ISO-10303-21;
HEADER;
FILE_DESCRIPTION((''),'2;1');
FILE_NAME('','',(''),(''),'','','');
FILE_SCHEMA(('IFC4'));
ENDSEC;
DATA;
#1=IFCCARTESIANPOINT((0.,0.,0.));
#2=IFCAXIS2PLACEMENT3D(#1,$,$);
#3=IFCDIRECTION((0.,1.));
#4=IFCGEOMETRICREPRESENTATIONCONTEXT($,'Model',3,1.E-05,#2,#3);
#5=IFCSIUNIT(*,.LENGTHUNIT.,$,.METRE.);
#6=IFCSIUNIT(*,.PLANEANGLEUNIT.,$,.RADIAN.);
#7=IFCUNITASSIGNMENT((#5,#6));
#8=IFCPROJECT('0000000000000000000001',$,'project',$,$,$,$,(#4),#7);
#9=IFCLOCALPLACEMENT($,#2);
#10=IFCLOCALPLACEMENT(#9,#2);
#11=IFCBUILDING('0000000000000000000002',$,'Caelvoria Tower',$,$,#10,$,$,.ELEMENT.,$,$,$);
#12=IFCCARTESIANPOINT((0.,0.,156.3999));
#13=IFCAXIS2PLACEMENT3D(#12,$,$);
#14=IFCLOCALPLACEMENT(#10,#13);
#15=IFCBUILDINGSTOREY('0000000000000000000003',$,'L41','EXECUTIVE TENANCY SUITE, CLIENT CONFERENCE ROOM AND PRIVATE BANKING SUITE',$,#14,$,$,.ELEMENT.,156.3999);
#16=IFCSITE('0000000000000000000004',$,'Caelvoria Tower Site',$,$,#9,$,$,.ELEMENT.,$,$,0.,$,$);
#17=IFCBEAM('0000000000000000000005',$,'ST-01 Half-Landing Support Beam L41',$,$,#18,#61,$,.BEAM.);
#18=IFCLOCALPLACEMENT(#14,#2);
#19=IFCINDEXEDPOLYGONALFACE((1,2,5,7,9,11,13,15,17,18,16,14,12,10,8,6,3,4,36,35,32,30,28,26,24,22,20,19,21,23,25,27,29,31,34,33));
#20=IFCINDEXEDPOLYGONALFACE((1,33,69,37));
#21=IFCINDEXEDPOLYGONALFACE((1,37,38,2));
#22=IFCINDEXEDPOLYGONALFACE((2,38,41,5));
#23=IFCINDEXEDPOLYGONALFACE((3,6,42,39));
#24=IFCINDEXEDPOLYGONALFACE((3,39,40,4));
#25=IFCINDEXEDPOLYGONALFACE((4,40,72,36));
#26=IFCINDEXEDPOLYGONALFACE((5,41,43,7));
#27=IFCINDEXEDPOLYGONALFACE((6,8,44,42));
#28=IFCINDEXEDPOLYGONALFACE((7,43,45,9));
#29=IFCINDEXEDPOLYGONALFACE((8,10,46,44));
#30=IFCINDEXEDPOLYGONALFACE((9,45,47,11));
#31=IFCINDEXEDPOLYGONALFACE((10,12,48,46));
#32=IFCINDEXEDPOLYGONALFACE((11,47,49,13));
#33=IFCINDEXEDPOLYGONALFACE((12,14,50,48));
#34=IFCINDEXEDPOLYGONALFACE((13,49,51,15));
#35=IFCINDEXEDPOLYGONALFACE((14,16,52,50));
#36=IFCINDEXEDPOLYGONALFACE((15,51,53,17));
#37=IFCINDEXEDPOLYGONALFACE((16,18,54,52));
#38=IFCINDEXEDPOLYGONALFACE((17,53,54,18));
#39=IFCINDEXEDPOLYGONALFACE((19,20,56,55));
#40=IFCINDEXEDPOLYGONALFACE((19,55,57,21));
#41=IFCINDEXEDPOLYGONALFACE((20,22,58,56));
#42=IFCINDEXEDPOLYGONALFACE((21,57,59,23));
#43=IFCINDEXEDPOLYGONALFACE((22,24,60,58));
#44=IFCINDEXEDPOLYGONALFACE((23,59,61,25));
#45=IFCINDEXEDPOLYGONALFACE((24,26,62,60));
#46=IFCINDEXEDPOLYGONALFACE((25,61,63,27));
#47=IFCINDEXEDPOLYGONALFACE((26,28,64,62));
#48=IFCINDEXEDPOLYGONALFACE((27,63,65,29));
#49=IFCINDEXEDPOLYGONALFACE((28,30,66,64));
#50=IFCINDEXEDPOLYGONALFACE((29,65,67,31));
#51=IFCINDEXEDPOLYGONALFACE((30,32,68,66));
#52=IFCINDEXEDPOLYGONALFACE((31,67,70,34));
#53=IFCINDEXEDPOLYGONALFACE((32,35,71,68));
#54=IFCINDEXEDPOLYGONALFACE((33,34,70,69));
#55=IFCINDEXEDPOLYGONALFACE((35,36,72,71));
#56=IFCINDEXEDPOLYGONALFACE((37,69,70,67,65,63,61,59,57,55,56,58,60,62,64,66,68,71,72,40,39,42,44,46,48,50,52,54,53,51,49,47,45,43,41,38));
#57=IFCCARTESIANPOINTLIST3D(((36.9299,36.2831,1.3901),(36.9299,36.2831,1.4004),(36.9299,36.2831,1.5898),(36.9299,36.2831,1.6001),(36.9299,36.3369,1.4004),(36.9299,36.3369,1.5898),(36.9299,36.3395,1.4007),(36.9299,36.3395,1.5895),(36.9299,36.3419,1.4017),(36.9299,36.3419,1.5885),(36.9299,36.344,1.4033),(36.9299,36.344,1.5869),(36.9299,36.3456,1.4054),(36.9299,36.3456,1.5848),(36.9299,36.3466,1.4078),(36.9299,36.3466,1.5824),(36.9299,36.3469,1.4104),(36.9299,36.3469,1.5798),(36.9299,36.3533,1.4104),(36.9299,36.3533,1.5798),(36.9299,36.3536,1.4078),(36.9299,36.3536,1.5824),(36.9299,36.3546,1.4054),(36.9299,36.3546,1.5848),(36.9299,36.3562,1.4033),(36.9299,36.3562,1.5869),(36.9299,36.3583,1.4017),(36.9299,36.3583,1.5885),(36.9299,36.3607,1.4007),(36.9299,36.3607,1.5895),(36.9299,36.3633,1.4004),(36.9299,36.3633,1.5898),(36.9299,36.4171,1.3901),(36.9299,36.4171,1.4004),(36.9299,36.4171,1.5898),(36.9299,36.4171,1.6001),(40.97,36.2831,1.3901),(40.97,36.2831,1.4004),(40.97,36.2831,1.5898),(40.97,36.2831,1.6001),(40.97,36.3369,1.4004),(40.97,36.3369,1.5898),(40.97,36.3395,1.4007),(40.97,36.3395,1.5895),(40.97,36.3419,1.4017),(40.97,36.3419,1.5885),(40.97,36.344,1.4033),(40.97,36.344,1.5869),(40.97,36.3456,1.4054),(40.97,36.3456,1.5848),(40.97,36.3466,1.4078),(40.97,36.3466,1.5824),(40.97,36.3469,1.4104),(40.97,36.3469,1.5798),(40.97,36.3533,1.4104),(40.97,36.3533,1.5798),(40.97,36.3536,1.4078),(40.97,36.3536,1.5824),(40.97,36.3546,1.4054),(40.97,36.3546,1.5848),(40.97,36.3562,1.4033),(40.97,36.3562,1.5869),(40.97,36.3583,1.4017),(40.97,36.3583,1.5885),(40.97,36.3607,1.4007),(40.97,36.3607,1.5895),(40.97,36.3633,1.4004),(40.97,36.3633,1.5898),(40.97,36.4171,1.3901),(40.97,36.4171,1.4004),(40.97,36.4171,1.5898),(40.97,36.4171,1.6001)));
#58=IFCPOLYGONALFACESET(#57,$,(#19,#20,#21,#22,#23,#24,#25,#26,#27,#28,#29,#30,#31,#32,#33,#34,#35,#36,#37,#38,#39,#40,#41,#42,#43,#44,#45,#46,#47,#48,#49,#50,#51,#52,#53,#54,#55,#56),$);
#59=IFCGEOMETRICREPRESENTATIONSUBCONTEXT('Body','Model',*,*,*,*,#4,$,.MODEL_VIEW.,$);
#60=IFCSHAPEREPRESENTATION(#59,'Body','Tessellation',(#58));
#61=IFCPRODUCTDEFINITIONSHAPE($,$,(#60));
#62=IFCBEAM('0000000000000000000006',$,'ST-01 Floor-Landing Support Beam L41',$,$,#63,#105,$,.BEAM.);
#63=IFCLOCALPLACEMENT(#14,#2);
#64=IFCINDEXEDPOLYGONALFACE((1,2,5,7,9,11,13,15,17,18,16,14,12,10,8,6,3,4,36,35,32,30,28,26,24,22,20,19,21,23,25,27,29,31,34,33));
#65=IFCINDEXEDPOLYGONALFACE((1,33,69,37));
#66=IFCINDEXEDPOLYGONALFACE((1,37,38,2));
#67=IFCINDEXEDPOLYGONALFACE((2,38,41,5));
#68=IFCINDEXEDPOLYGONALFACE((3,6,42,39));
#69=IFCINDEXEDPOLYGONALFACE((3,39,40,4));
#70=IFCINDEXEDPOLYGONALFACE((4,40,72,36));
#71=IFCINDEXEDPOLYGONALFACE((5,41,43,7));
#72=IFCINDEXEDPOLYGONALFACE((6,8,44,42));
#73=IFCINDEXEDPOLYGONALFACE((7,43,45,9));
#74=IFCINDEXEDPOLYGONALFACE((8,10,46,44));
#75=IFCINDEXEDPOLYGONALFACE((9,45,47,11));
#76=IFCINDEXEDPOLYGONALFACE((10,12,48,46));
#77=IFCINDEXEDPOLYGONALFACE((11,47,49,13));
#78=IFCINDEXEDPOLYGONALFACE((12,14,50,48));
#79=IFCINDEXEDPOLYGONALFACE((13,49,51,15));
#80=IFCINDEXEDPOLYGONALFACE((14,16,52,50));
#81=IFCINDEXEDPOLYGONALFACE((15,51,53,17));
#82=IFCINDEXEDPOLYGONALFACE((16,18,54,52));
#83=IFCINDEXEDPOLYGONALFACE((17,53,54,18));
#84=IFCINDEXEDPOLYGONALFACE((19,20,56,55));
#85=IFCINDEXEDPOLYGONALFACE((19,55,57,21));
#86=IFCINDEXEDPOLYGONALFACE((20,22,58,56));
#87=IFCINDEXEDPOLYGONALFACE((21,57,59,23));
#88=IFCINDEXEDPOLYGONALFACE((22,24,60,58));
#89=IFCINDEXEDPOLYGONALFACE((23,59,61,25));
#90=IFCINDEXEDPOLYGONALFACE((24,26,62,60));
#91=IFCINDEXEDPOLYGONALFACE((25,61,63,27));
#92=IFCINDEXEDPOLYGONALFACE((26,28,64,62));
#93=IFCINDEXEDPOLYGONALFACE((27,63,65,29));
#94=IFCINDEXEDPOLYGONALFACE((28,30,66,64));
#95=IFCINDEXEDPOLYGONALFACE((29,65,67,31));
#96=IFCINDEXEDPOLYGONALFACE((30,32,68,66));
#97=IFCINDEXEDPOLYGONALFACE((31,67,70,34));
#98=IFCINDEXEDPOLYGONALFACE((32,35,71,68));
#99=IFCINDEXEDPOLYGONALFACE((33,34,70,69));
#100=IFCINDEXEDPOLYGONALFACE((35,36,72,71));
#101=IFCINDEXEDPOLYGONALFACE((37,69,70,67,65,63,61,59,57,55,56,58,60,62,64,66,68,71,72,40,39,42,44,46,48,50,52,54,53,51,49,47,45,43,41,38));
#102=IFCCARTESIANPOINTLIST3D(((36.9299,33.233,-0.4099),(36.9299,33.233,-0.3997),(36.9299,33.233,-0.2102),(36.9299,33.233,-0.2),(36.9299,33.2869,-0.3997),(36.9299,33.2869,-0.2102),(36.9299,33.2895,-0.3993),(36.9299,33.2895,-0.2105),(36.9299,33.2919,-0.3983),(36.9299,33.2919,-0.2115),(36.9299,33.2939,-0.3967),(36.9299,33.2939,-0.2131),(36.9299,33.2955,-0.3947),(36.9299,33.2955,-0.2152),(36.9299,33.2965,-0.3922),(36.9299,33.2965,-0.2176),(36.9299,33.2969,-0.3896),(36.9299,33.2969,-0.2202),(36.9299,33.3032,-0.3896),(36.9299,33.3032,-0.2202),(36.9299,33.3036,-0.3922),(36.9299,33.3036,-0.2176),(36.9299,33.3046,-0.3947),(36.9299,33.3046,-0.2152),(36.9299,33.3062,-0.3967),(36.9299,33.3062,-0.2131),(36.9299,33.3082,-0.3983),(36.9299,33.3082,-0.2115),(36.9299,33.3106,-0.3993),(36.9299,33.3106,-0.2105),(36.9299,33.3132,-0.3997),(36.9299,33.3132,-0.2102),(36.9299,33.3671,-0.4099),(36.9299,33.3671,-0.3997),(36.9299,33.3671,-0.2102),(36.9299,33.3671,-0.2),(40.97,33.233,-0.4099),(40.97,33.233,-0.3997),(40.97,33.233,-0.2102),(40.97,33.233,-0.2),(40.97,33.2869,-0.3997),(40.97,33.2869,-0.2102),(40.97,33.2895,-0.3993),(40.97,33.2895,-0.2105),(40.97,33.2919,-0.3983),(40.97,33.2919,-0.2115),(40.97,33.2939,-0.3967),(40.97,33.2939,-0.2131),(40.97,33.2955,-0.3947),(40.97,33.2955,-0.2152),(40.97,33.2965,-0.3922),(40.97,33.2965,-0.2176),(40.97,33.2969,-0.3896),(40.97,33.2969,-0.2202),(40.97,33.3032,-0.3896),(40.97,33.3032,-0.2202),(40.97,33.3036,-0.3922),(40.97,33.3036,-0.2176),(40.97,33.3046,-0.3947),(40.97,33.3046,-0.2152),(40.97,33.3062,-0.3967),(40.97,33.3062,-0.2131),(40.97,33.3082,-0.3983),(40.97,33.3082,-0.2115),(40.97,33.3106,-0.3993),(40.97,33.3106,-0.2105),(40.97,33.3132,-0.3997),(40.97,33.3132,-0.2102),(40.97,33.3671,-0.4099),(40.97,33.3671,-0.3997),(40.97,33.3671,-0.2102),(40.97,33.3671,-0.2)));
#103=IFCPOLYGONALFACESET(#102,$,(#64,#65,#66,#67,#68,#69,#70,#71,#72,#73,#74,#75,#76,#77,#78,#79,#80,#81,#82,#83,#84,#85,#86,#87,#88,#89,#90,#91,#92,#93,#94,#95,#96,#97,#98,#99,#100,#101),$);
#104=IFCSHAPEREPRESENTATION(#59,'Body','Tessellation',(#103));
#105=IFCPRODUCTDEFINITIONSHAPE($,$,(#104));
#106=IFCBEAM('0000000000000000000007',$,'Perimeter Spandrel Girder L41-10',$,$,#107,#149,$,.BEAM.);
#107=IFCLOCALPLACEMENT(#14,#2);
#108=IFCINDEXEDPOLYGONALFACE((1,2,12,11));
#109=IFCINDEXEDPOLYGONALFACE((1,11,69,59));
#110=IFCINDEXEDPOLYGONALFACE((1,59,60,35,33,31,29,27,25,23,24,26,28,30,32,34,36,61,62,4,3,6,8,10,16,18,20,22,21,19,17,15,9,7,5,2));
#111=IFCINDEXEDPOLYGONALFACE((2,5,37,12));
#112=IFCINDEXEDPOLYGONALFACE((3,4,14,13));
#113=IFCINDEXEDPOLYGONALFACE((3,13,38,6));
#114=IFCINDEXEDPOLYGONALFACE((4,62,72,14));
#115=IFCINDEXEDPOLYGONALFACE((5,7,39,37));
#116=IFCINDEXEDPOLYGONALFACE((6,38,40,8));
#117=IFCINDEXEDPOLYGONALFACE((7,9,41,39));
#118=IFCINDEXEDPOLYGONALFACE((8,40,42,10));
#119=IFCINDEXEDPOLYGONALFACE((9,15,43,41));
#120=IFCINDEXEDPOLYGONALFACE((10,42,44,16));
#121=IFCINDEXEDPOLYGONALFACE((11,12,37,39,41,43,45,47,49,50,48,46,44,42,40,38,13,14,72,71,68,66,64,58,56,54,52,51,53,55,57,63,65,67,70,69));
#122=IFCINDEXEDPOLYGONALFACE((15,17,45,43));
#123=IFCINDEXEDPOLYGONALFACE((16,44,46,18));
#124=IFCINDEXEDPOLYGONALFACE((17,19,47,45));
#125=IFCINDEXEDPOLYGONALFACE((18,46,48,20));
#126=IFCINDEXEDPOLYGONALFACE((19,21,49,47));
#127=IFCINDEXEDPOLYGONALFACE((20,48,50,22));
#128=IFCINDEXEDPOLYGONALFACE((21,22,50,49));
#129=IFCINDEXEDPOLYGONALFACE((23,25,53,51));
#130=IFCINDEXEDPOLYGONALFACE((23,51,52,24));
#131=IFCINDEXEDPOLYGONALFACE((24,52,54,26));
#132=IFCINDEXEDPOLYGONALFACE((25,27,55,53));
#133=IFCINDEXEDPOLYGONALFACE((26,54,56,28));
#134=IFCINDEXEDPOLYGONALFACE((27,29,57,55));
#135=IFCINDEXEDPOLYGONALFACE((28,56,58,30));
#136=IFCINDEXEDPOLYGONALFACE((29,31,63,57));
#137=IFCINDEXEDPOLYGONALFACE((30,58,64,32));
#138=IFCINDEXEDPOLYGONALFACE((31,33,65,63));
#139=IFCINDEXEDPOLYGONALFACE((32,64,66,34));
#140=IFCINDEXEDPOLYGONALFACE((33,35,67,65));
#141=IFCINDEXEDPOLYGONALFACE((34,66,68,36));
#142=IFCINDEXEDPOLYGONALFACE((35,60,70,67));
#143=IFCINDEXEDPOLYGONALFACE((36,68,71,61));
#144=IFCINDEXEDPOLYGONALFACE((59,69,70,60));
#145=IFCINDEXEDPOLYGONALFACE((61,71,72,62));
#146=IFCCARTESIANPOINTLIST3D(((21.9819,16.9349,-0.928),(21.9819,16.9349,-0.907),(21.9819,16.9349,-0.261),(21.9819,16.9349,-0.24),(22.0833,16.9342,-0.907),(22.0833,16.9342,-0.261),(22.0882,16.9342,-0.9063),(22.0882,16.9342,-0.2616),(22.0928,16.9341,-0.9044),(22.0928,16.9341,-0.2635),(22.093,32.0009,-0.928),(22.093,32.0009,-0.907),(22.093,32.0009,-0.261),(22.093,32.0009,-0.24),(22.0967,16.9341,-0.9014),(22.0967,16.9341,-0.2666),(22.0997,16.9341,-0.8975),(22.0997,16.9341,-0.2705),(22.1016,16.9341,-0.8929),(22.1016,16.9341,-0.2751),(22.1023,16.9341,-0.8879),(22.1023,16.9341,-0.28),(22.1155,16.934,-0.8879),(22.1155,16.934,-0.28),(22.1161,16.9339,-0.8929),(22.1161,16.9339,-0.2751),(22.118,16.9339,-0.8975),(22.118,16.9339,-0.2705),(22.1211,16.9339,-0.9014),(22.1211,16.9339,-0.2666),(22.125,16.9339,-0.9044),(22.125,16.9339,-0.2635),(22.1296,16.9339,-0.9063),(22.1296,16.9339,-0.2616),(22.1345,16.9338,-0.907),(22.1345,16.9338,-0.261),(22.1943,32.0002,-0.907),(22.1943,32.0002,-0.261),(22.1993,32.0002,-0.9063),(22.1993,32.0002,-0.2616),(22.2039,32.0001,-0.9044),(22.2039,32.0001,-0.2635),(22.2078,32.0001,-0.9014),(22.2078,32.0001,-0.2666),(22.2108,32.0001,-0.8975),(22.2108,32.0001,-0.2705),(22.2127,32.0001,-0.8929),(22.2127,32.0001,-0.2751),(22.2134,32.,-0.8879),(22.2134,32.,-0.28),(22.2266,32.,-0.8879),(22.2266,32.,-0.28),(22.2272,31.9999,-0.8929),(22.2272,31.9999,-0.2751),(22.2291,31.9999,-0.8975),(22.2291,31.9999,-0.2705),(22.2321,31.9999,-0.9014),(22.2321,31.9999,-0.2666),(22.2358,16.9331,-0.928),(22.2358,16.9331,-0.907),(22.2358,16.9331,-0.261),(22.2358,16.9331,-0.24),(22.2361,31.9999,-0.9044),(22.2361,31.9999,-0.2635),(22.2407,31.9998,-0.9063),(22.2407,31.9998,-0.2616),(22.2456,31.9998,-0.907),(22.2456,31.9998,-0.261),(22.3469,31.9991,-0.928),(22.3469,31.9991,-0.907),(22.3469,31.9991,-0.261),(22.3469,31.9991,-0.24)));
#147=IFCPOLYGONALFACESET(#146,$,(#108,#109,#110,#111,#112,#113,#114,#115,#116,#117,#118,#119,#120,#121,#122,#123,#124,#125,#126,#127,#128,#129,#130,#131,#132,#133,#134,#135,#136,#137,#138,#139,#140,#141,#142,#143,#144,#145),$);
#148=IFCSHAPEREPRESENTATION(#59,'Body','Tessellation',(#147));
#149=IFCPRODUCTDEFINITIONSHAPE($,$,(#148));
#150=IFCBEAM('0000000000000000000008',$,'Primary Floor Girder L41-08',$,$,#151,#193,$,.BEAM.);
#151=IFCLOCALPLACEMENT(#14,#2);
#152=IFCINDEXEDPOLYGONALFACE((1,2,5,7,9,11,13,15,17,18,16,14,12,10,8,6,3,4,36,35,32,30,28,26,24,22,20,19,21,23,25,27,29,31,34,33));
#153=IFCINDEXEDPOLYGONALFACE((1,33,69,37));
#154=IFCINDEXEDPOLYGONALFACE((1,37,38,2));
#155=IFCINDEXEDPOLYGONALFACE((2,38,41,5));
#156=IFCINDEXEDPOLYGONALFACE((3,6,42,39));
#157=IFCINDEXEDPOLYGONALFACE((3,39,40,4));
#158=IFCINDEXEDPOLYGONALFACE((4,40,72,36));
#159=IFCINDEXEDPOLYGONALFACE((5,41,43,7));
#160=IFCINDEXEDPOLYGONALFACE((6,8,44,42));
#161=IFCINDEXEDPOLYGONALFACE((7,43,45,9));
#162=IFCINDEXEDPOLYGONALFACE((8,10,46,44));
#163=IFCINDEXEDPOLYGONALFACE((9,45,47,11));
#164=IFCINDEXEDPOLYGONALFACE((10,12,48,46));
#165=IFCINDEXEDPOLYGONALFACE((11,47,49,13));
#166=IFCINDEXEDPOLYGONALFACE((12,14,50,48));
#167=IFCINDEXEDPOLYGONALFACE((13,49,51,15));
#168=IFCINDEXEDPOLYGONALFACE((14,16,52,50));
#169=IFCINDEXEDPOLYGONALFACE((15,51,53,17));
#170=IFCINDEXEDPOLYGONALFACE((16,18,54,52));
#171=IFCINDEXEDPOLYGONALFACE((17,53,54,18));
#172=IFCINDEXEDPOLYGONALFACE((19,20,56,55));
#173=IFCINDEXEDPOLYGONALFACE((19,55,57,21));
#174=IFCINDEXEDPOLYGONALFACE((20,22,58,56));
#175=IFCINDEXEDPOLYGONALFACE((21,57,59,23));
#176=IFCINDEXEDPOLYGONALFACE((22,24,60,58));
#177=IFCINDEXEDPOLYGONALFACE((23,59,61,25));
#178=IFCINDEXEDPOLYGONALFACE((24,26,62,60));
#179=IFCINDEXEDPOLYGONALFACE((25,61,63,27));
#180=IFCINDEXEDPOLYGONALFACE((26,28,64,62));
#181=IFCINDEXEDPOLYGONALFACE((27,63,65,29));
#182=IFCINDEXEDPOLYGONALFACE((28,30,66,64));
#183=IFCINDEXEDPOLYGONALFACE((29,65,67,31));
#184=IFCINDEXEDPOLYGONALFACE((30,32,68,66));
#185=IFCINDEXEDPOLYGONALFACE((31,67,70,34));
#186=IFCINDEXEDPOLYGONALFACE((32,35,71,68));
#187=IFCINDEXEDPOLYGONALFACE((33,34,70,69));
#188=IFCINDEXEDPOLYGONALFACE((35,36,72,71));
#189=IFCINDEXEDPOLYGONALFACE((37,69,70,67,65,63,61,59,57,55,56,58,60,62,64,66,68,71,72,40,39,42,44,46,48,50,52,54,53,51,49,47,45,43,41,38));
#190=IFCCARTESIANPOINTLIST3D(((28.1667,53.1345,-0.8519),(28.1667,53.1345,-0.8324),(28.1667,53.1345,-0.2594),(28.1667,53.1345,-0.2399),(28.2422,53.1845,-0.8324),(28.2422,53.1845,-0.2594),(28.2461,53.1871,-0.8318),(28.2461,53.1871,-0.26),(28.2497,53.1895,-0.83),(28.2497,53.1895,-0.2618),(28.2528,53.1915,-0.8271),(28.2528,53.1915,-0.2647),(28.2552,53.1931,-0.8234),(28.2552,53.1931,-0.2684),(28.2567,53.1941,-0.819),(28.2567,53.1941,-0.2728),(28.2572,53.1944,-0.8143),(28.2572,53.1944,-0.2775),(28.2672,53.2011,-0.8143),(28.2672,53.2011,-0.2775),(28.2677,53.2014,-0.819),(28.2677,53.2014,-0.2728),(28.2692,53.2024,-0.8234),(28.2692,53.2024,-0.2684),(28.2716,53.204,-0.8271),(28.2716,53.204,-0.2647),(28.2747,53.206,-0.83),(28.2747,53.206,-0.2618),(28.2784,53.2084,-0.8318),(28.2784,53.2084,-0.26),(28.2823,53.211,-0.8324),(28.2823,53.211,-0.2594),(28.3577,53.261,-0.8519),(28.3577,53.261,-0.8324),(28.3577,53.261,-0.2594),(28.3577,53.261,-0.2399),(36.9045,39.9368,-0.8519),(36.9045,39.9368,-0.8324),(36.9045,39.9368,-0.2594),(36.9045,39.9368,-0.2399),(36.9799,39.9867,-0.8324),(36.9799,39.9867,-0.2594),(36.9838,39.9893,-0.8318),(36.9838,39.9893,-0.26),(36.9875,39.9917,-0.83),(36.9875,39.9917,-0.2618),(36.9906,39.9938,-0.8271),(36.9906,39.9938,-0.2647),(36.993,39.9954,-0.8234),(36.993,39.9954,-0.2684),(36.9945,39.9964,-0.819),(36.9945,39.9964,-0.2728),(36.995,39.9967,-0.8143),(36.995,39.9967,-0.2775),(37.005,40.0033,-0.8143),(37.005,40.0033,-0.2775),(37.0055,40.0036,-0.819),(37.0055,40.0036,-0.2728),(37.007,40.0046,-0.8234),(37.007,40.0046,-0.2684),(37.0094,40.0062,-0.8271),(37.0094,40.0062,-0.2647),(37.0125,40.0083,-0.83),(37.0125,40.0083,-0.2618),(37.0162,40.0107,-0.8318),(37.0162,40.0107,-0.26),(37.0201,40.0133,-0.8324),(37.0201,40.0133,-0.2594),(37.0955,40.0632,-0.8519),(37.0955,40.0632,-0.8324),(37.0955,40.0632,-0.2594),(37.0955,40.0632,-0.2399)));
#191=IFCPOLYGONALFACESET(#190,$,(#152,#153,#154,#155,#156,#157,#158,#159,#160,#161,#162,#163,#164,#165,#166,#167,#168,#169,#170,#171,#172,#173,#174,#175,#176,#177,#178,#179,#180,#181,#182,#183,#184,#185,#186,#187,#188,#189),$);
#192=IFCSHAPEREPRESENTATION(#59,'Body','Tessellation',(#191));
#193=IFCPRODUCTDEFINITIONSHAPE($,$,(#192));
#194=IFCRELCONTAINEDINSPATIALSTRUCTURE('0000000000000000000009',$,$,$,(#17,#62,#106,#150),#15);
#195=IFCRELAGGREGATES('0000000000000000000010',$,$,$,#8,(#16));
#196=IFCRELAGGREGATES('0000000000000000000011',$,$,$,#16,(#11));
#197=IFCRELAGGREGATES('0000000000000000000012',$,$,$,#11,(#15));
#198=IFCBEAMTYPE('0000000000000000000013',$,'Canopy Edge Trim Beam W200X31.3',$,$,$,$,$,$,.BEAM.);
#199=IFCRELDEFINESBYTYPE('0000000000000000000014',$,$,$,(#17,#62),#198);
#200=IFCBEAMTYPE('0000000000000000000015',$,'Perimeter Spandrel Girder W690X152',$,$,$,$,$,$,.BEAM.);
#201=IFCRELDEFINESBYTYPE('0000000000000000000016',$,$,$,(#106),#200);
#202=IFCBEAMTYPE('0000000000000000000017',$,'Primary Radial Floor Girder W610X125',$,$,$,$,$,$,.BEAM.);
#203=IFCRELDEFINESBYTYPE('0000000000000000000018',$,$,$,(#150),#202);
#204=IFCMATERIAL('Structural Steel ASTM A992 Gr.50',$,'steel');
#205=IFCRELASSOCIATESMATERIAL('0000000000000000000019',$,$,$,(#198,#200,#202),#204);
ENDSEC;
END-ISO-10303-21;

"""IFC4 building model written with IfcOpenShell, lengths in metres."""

from ifc_helpers import new_model, si_unit, direction, frame, origin, origin_2d, place, context, subcontext, project, spatial, i_section, extrude, material, material_profile, profile_set, type_object, element, save


model = new_model("IFC4")

# Units and contexts
model_context = context("Model", 3, precision=1e-05, world=origin(), true_north=direction((0.0, 1.0)))
body_context = subcontext(model_context, "Body", "Model", "MODEL_VIEW")
ifc_project = project(units=[si_unit("LENGTHUNIT", "METRE"), si_unit("PLANEANGLEUNIT", "RADIAN")], contexts=[model_context])

# Site, building, storey
site_placement = place(None, origin())
site = spatial("IfcSite", under=ifc_project, at=site_placement, Name="Caelvoria Tower Site", CompositionType="ELEMENT", RefElevation=0.0)
building_placement = place(site_placement, origin())
building = spatial("IfcBuilding", under=site, at=building_placement, Name="Caelvoria Tower", CompositionType="ELEMENT")
storey_placement = place(building_placement, frame((0.0, 0.0, 156.3999)))
storey = spatial("IfcBuildingStorey", under=building, at=storey_placement, Name="L41", Description="EXECUTIVE TENANCY SUITE, CLIENT CONFERENCE ROOM AND PRIVATE BANKING SUITE", CompositionType="ELEMENT", Elevation=156.3999)

# Beams
ifc_material_1 = material(Name="Structural Steel ASTM A992 Gr.50", Category="steel")
ifc_material_profile_1 = material_profile(ifc_material_1, i_section(OverallWidth=0.134, OverallDepth=0.21, WebThickness=0.0063, FlangeThickness=0.0103, FilletRadius=0.01, at=origin_2d()), Name="Structural Steel ASTM A992 Gr.50")
ifc_profile_set_1 = profile_set([ifc_material_profile_1], Name="W200X31.3 - Structural Steel ASTM A992 Gr.50")
beam_type_1 = type_object("IfcBeamType", Name="Canopy Edge Trim Beam W200X31.3", PredefinedType="BEAM", material=ifc_profile_set_1)
for number, where, z_axis, x_axis, name in (
    (1, (36.9299, 36.3501, 1.4951), (1.0, 0.0, 0.0), (0.0, 1.0, 0.0), "ST-01 Half-Landing Support Beam L41"),
    (2, (36.9299, 33.3, -0.3049), (1.0, 0.0, 0.0), (0.0, 1.0, 0.0), "ST-01 Floor-Landing Support Beam L41"),
):
    element("IfcBeam", number, at=place(storey_placement, frame(where, z_axis=z_axis, x_axis=x_axis)), inside=storey, type_object=beam_type_1, Name=name, PredefinedType="BEAM", context=body_context, shape_type="SweptSolid", body=[
        extrude(i_section(OverallWidth=0.134, OverallDepth=0.21, WebThickness=0.0063, FlangeThickness=0.0103, FilletRadius=0.01, at=origin_2d()), origin(), (0.0, 0.0, 1.0), 4.04),
    ])
ifc_material_profile_2 = material_profile(ifc_material_1, i_section(OverallWidth=0.2539, OverallDepth=0.688, WebThickness=0.0132, FlangeThickness=0.021, FilletRadius=0.019, at=origin_2d()), Name="Structural Steel ASTM A992 Gr.50")
ifc_profile_set_2 = profile_set([ifc_material_profile_2], Name="W690X152 - Structural Steel ASTM A992 Gr.50")
beam_type_2 = type_object("IfcBeamType", Name="Perimeter Spandrel Girder W690X152", PredefinedType="BEAM", material=ifc_profile_set_2)
beam_1_placement = place(storey_placement, frame((22.22, 32.0, -0.584), z_axis=(-0.007373, -0.999973, 0.0), x_axis=(0.999973, -0.007373, 0.0)))
element("IfcBeam", 3, at=beam_1_placement, inside=storey, type_object=beam_type_2, Name="Perimeter Spandrel Girder L41-10", PredefinedType="BEAM", context=body_context, shape_type="SweptSolid", body=[
    extrude(i_section(OverallWidth=0.2539, OverallDepth=0.688, WebThickness=0.0132, FlangeThickness=0.021, FilletRadius=0.019, at=origin_2d()), origin(), (0.0, 0.0, 1.0), 15.0664),
])
ifc_material_profile_3 = material_profile(ifc_material_1, i_section(OverallWidth=0.229, OverallDepth=0.6121, WebThickness=0.012, FlangeThickness=0.0195, FilletRadius=0.0181, at=origin_2d()), Name="Structural Steel ASTM A992 Gr.50")
ifc_profile_set_3 = profile_set([ifc_material_profile_3], Name="W610X125 - Structural Steel ASTM A992 Gr.50")
beam_type_3 = type_object("IfcBeamType", Name="Primary Radial Floor Girder W610X125", PredefinedType="BEAM", material=ifc_profile_set_3)
beam_2_placement = place(storey_placement, frame((37.0, 40.0, -0.5459), z_axis=(-0.552042, 0.833816, 0.0), x_axis=(-0.833816, -0.552042, 0.0)))
element("IfcBeam", 4, at=beam_2_placement, inside=storey, type_object=beam_type_3, Name="Primary Floor Girder L41-08", PredefinedType="BEAM", context=body_context, shape_type="SweptSolid", body=[
    extrude(i_section(OverallWidth=0.229, OverallDepth=0.6121, WebThickness=0.012, FlangeThickness=0.0195, FilletRadius=0.0181, at=origin_2d()), origin(), (0.0, 0.0, 1.0), 15.8281),
])

save(model, "model.ifc")
